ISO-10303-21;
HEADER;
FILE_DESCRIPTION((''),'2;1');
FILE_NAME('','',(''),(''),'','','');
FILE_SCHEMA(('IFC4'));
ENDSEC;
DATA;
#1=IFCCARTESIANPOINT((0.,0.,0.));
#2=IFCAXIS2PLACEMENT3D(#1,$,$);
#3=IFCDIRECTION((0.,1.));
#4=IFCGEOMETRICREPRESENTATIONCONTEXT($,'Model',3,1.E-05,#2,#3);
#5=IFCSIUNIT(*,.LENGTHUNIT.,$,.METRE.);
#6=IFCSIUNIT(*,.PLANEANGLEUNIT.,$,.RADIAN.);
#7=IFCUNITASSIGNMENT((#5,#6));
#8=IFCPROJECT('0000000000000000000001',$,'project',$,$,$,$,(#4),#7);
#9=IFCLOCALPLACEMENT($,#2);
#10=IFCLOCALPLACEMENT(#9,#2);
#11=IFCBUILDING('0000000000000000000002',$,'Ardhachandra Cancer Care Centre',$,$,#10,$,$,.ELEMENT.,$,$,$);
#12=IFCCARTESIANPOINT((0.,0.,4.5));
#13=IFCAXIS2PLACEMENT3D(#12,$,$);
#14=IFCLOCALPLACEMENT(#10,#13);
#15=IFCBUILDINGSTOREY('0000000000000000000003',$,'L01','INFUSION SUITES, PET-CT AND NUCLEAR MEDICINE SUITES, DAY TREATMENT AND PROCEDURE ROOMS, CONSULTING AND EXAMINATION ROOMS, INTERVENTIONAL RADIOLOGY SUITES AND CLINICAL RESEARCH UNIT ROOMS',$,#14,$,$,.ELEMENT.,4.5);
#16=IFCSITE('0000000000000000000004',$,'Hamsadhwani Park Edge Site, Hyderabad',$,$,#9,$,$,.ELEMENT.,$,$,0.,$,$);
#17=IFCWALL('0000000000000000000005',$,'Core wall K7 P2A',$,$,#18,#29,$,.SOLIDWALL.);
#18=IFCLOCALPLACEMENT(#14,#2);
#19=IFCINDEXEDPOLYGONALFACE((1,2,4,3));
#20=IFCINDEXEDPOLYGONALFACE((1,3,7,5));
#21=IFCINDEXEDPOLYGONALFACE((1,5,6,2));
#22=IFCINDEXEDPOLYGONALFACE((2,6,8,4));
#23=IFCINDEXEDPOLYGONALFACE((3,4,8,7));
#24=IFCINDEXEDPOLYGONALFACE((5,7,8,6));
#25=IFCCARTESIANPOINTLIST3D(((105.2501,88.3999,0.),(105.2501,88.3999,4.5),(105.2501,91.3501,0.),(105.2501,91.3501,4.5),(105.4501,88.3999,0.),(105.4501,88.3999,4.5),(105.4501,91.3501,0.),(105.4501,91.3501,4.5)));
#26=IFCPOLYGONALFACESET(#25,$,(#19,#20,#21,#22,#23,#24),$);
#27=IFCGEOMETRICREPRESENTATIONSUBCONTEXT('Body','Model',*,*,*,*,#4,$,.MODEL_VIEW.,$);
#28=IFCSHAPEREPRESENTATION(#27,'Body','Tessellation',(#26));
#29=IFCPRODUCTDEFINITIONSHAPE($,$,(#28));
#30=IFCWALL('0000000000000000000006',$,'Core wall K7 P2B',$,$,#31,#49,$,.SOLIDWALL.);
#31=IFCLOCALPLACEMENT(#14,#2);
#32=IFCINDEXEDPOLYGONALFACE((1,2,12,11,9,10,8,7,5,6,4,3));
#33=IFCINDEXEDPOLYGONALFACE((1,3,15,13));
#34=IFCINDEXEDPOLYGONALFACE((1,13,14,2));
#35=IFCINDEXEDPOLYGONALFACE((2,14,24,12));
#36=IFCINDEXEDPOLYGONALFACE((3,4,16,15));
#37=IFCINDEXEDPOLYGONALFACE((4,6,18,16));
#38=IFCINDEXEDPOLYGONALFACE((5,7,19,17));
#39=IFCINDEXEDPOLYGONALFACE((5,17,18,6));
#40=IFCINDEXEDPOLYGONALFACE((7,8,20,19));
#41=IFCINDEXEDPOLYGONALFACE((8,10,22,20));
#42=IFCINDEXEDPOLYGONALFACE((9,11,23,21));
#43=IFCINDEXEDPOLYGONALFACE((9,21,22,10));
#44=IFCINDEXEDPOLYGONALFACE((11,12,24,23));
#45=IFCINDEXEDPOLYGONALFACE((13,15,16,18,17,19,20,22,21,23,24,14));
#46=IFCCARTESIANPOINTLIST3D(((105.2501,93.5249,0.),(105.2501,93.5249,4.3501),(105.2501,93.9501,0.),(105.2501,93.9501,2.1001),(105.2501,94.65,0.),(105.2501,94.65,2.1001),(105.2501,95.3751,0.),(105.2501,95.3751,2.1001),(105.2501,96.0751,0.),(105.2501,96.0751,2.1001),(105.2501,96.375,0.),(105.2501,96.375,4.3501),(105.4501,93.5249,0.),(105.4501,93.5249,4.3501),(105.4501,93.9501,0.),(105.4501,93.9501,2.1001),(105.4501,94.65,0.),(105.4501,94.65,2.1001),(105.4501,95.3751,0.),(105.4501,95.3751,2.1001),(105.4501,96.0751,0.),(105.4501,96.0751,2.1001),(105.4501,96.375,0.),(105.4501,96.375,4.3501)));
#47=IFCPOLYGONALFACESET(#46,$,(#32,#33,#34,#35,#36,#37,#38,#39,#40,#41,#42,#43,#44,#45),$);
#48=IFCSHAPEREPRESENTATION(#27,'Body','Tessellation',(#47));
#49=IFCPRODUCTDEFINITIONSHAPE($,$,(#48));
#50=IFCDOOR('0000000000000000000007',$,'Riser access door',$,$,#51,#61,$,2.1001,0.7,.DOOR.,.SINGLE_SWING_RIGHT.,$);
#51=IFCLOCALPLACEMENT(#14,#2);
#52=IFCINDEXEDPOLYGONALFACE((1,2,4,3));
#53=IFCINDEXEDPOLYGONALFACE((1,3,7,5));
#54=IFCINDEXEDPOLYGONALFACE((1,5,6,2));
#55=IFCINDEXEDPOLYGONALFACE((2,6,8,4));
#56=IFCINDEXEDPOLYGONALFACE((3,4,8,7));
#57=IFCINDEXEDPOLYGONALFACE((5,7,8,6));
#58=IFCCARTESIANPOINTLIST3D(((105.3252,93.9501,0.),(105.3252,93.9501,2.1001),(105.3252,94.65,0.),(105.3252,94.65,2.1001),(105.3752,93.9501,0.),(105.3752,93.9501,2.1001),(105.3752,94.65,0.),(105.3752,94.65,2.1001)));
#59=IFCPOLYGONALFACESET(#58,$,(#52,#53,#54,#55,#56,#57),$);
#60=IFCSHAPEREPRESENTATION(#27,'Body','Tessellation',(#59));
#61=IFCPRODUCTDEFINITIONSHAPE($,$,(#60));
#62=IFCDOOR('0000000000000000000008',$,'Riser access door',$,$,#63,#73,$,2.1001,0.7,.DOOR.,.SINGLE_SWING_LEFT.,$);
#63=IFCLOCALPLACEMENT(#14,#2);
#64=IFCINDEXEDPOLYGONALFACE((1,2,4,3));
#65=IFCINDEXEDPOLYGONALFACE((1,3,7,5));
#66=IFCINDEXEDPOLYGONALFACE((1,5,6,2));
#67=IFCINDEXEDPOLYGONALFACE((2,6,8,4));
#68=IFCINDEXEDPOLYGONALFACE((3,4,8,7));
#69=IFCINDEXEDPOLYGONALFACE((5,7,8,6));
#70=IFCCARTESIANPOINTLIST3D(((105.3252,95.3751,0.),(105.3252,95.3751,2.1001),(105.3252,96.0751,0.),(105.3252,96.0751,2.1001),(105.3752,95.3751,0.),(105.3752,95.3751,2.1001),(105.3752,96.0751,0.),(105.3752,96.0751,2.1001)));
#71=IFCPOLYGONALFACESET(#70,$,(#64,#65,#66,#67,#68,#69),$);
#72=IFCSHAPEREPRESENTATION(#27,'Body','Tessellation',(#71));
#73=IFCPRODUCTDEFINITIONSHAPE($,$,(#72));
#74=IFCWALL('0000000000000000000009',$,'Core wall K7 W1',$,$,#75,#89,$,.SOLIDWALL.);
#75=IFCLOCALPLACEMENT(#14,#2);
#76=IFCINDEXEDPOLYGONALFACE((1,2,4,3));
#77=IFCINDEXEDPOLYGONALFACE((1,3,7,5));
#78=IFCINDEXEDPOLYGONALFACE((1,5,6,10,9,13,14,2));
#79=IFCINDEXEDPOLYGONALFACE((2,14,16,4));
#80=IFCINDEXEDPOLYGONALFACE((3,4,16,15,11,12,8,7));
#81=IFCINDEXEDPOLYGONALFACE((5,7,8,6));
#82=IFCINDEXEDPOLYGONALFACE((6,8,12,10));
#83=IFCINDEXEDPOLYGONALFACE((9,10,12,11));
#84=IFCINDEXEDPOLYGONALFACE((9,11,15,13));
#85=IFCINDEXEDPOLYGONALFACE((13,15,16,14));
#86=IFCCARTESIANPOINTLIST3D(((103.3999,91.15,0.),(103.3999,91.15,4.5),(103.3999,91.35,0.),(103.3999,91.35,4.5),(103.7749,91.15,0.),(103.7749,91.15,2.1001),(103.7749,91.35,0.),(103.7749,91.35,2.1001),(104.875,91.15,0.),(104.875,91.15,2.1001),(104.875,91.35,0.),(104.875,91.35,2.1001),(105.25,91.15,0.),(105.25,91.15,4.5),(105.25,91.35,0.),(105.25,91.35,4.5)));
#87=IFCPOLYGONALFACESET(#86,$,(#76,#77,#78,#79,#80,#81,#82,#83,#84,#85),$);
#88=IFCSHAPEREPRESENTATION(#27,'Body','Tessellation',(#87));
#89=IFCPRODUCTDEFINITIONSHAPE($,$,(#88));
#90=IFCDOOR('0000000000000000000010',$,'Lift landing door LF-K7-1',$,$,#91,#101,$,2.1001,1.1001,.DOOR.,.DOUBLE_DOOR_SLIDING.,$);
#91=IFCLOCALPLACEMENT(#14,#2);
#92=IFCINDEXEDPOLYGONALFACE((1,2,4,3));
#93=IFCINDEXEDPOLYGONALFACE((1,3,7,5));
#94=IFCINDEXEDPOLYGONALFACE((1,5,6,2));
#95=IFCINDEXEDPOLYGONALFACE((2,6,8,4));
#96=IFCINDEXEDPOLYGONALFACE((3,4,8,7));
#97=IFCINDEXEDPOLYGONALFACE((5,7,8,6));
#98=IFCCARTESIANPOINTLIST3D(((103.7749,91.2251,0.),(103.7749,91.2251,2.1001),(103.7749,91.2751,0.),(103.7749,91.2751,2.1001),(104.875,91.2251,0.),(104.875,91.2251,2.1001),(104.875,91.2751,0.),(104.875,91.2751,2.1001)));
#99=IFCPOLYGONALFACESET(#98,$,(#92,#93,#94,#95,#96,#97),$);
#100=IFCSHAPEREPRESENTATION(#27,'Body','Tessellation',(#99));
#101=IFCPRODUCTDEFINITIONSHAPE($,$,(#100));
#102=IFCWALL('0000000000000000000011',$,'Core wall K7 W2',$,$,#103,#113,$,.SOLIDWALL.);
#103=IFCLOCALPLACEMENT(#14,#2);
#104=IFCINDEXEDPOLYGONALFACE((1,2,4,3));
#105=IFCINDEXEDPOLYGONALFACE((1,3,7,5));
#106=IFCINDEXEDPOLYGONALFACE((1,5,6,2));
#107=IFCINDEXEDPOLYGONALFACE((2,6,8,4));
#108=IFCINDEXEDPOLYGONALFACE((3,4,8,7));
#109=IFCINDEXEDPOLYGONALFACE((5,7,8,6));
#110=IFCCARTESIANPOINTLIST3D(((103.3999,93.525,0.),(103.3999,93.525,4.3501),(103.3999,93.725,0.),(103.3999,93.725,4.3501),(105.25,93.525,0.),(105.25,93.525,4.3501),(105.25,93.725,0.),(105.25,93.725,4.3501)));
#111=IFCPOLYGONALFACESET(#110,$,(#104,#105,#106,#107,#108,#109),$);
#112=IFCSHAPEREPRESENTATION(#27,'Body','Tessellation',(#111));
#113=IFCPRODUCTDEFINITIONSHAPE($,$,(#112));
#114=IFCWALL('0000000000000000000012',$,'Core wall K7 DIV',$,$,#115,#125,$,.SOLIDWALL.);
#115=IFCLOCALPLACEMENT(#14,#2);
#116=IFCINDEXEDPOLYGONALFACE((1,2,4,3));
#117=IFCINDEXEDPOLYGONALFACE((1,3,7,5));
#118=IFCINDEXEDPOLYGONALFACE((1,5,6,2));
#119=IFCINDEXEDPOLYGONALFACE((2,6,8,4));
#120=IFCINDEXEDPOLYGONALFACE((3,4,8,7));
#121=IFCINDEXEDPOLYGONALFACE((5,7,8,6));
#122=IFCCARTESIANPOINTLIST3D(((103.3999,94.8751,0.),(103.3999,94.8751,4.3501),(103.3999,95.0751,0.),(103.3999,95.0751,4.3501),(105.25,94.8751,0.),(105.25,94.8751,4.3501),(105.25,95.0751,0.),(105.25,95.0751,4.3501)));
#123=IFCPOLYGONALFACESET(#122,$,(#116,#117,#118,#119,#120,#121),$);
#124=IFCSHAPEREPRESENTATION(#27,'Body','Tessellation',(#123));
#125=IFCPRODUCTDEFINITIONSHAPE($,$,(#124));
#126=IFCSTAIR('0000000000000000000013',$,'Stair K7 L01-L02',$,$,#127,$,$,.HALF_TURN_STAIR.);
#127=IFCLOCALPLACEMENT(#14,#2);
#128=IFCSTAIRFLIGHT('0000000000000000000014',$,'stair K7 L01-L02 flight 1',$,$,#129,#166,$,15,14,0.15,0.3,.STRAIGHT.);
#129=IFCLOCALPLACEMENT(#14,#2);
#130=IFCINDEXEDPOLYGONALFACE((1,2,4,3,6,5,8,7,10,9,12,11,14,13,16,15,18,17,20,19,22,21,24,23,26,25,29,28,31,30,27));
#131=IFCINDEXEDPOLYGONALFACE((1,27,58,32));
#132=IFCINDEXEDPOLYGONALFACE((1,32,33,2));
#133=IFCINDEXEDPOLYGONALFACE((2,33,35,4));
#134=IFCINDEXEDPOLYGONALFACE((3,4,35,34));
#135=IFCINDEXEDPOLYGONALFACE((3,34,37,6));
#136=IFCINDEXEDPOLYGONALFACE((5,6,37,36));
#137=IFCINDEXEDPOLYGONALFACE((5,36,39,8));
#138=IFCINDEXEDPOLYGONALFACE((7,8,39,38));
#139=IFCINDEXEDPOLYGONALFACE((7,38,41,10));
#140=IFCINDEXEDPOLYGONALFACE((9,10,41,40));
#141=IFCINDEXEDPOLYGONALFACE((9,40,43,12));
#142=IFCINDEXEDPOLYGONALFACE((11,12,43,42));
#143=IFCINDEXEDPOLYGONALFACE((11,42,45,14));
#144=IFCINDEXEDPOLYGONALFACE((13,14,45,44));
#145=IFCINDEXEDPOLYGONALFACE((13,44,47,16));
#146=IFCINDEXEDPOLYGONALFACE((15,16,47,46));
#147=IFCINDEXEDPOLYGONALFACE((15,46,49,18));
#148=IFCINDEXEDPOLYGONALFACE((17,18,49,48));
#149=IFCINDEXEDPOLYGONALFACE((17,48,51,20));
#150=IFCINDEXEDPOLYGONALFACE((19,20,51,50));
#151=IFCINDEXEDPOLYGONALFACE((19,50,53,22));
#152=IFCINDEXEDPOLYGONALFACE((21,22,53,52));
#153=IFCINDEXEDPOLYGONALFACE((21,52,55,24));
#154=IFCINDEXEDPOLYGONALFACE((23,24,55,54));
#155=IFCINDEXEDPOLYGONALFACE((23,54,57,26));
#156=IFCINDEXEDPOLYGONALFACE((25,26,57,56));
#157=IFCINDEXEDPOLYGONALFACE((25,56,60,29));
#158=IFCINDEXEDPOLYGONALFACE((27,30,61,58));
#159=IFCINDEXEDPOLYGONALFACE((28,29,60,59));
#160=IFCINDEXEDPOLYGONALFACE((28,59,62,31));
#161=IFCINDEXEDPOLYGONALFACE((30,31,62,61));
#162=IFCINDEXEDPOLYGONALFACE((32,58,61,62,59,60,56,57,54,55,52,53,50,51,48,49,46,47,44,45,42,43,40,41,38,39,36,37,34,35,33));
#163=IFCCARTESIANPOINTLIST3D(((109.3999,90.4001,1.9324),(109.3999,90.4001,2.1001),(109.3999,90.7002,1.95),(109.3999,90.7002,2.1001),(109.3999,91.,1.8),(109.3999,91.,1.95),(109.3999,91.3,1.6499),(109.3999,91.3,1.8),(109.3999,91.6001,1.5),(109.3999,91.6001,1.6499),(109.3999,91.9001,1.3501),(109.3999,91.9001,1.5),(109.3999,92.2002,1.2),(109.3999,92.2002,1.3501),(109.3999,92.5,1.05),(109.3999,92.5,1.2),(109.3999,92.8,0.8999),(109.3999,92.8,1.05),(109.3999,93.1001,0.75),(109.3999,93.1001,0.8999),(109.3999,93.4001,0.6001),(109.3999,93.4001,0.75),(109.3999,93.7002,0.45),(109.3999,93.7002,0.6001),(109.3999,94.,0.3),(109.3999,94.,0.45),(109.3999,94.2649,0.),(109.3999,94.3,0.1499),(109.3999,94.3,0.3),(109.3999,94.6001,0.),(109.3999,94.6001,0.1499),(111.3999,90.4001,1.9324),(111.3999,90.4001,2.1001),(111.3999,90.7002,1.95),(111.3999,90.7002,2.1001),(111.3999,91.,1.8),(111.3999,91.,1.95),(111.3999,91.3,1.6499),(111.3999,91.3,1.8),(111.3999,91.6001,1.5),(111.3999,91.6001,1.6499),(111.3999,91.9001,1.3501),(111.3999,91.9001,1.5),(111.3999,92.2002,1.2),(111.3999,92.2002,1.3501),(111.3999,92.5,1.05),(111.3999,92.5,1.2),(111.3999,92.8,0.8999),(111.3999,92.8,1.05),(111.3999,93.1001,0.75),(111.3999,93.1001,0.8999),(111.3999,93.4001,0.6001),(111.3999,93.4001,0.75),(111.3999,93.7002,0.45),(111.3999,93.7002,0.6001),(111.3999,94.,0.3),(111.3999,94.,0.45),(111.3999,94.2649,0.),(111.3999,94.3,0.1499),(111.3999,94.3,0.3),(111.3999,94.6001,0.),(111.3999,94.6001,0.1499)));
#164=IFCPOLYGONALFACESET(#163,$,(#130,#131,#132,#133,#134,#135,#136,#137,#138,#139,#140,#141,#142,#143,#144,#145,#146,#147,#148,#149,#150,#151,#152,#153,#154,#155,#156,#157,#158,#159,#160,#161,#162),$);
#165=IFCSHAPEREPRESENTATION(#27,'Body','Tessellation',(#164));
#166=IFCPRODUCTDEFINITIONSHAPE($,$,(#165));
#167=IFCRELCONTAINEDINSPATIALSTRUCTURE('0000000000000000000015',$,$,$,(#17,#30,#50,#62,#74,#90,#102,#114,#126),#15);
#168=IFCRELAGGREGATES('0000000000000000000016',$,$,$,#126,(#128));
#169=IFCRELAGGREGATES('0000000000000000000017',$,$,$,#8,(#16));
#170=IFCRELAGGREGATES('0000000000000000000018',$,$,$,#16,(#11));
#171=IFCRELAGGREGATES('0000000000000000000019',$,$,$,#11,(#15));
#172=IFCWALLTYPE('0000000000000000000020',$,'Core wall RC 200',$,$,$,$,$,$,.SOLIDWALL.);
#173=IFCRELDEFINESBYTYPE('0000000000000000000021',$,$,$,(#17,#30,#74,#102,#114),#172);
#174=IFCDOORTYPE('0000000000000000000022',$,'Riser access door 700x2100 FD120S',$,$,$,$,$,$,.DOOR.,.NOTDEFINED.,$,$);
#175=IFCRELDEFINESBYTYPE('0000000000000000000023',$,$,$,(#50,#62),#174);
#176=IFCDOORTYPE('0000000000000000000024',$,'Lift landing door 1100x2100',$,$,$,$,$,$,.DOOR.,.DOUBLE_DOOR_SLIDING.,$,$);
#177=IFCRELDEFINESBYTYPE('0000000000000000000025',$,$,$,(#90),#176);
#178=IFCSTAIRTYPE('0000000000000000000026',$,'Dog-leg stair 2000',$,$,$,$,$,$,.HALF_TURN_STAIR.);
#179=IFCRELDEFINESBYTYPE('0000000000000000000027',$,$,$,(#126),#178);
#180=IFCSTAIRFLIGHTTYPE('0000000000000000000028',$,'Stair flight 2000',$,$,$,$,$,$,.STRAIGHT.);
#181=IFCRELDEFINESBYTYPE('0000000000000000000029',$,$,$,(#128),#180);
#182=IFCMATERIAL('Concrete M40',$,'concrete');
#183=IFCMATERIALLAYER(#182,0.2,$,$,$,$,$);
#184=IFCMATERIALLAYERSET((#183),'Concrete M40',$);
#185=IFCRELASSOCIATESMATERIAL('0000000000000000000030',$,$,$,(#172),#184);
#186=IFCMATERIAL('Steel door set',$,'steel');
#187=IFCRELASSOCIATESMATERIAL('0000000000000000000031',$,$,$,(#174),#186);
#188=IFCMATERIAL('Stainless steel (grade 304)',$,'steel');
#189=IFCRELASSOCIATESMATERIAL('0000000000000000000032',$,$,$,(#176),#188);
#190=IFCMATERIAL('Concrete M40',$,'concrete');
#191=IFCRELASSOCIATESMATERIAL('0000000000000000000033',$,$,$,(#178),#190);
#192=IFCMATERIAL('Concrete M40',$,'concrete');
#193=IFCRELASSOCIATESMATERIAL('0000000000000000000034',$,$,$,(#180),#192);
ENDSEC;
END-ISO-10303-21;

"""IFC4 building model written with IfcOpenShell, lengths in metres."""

from ifc_helpers import new_model, si_unit, direction, frame, frame_2d, origin, place, context, subcontext, project, spatial, polyline, rectangle, outline, extrude, material, layer, layer_set, type_object, element, fill, aggregate, save


model = new_model("IFC4")

# Units and contexts
model_context = context("Model", 3, precision=1e-05, world=origin(), true_north=direction((0.0, 1.0)))
body_context = subcontext(model_context, "Body", "Model", "MODEL_VIEW")
ifc_project = project(units=[si_unit("LENGTHUNIT", "METRE"), si_unit("PLANEANGLEUNIT", "RADIAN")], contexts=[model_context])

# Site, building, storey
site_placement = place(None, origin())
site = spatial("IfcSite", under=ifc_project, at=site_placement, Name="Hamsadhwani Park Edge Site, Hyderabad", CompositionType="ELEMENT", RefElevation=0.0)
building_placement = place(site_placement, origin())
building = spatial("IfcBuilding", under=site, at=building_placement, Name="Ardhachandra Cancer Care Centre", CompositionType="ELEMENT")
storey_placement = place(building_placement, frame((0.0, 0.0, 4.5)))
storey = spatial("IfcBuildingStorey", under=building, at=storey_placement, Name="L01", Description="INFUSION SUITES, PET-CT AND NUCLEAR MEDICINE SUITES, DAY TREATMENT AND PROCEDURE ROOMS, CONSULTING AND EXAMINATION ROOMS, INTERVENTIONAL RADIOLOGY SUITES AND CLINICAL RESEARCH UNIT ROOMS", CompositionType="ELEMENT", Elevation=4.5)

# Shared definitions
ifc_material_1 = material(Name="Concrete M40", Category="concrete")
ifc_layer_1 = layer(ifc_material_1, 0.2)
ifc_layer_set_1 = layer_set([ifc_layer_1], Name="Concrete M40")
wall_type_1 = type_object("IfcWallType", Name="Core wall RC 200", PredefinedType="SOLIDWALL", material=ifc_layer_set_1)

# Wall
wall_1_placement = place(storey_placement, frame((105.3501, 88.3999, 0.0), z_axis=(0.0, 0.0, 1.0), x_axis=(0.0, 1.0, 0.0)))
element("IfcWall", 1, at=wall_1_placement, inside=storey, type_object=wall_type_1, Name="Core wall K7 P2A", PredefinedType="SOLIDWALL", context=body_context, shape_type="SweptSolid", body=[
    extrude(rectangle(XDim=2.9502, YDim=0.2, at=frame_2d((1.4751, 0.0))), origin(), (0.0, 0.0, 1.0), 4.5),
])

# Wall, openings, doors
wall_2_placement = place(storey_placement, frame((105.3501, 93.5249, 0.0), z_axis=(0.0, 0.0, 1.0), x_axis=(0.0, 1.0, 0.0)))
wall_2 = element("IfcWall", 2, at=wall_2_placement, inside=storey, type_object=wall_type_1, Name="Core wall K7 P2B", PredefinedType="SOLIDWALL", context=body_context, shape_type="SweptSolid", body=[
    extrude(rectangle(XDim=2.8501, YDim=0.2, at=frame_2d((1.425, 0.0))), origin(), (0.0, 0.0, 1.0), 4.3501),
])
opening_1_placement = place(wall_2_placement, frame((0.425, 0.0, 0.0)))
opening_1 = element("IfcOpeningElement", 3, at=opening_1_placement, cuts=wall_2, PredefinedType="OPENING", context=body_context, shape_type="SweptSolid", body=[
    extrude(rectangle(XDim=0.7, YDim=2.1001, at=frame_2d((0.3501, 1.05))), frame((0.0, 0.1099, 0.0), z_axis=(0.0, -1.0, 0.0), x_axis=(1.0, 0.0, 0.0)), (0.0, 0.0, 1.0), 0.22),
])
opening_2_placement = place(wall_2_placement, frame((1.8501, 0.0, 0.0)))
opening_2 = element("IfcOpeningElement", 4, at=opening_2_placement, cuts=wall_2, PredefinedType="OPENING", context=body_context, shape_type="SweptSolid", body=[
    extrude(rectangle(XDim=0.7, YDim=2.1001, at=frame_2d((0.3501, 1.05))), frame((0.0, 0.1099, 0.0), z_axis=(0.0, -1.0, 0.0), x_axis=(1.0, 0.0, 0.0)), (0.0, 0.0, 1.0), 0.22),
])
ifc_material_2 = material(Name="Steel door set", Category="steel")
door_type_1 = type_object("IfcDoorType", Name="Riser access door 700x2100 FD120S", OperationType="NOTDEFINED", PredefinedType="DOOR", material=ifc_material_2)
door_1_placement = place(opening_1_placement, origin())
door_1 = element("IfcDoor", 5, at=door_1_placement, inside=storey, type_object=door_type_1, Name="Riser access door", OperationType="SINGLE_SWING_RIGHT", OverallHeight=2.1001, OverallWidth=0.7, PredefinedType="DOOR", context=body_context, shape_type="SweptSolid", body=[
    extrude(rectangle(XDim=0.7, YDim=2.1001, at=frame_2d((0.3501, 1.05))), frame((0.0, 0.0249, 0.0), z_axis=(0.0, -1.0, 0.0), x_axis=(1.0, 0.0, 0.0)), (0.0, 0.0, 1.0), 0.05),
])
fill(opening_1, door_1)
door_2_placement = place(opening_2_placement, origin())
door_2 = element("IfcDoor", 6, at=door_2_placement, inside=storey, type_object=door_type_1, Name="Riser access door", OperationType="SINGLE_SWING_LEFT", OverallHeight=2.1001, OverallWidth=0.7, PredefinedType="DOOR", context=body_context, shape_type="SweptSolid", body=[
    extrude(rectangle(XDim=0.7, YDim=2.1001, at=frame_2d((0.3501, 1.05))), frame((0.0, 0.0249, 0.0), z_axis=(0.0, -1.0, 0.0), x_axis=(1.0, 0.0, 0.0)), (0.0, 0.0, 1.0), 0.05),
])
fill(opening_2, door_2)

# Wall, opening, door
wall_3_placement = place(storey_placement, frame((105.25, 91.25, 0.0), z_axis=(0.0, 0.0, 1.0), x_axis=(-1.0, 0.0, 0.0)))
wall_3 = element("IfcWall", 7, at=wall_3_placement, inside=storey, type_object=wall_type_1, Name="Core wall K7 W1", PredefinedType="SOLIDWALL", context=body_context, shape_type="SweptSolid", body=[
    extrude(rectangle(XDim=1.8501, YDim=0.2, at=frame_2d((0.925, 0.0))), origin(), (0.0, 0.0, 1.0), 4.5),
])
opening_3_placement = place(wall_3_placement, frame((0.375, 0.0, 0.0)))
opening_3 = element("IfcOpeningElement", 8, at=opening_3_placement, cuts=wall_3, PredefinedType="OPENING", context=body_context, shape_type="SweptSolid", body=[
    extrude(rectangle(XDim=1.1001, YDim=2.1001, at=frame_2d((0.55, 1.05))), frame((0.0, 0.1099, 0.0), z_axis=(0.0, -1.0, 0.0), x_axis=(1.0, 0.0, 0.0)), (0.0, 0.0, 1.0), 0.22),
])
ifc_material_3 = material(Name="Stainless steel (grade 304)", Category="steel")
door_type_2 = type_object("IfcDoorType", Name="Lift landing door 1100x2100", OperationType="DOUBLE_DOOR_SLIDING", PredefinedType="DOOR", material=ifc_material_3)
door_3_placement = place(opening_3_placement, origin())
door_3 = element("IfcDoor", 9, at=door_3_placement, inside=storey, type_object=door_type_2, Name="Lift landing door LF-K7-1", OperationType="DOUBLE_DOOR_SLIDING", OverallHeight=2.1001, OverallWidth=1.1001, PredefinedType="DOOR", context=body_context, shape_type="SweptSolid", body=[
    extrude(rectangle(XDim=1.1001, YDim=2.1001, at=frame_2d((0.55, 1.05))), frame((0.0, 0.0249, 0.0), z_axis=(0.0, -1.0, 0.0), x_axis=(1.0, 0.0, 0.0)), (0.0, 0.0, 1.0), 0.05),
])
fill(opening_3, door_3)

# Walls
for number, where, z_axis, x_axis, name in (
    (10, (105.25, 93.625, 0.0), (0.0, 0.0, 1.0), (-1.0, 0.0, 0.0), "Core wall K7 W2"),
    (11, (105.25, 94.9751, 0.0), (0.0, 0.0, 1.0), (-1.0, 0.0, 0.0), "Core wall K7 DIV"),
):
    element("IfcWall", number, at=place(storey_placement, frame(where, z_axis=z_axis, x_axis=x_axis)), inside=storey, type_object=wall_type_1, Name=name, PredefinedType="SOLIDWALL", context=body_context, shape_type="SweptSolid", body=[
        extrude(rectangle(XDim=1.8501, YDim=0.2, at=frame_2d((0.925, 0.0))), origin(), (0.0, 0.0, 1.0), 4.3501),
    ])

# Stair, stair flight
ifc_material_4 = material(Name="Concrete M40", Category="concrete")
stair_type = type_object("IfcStairType", Name="Dog-leg stair 2000", PredefinedType="HALF_TURN_STAIR", material=ifc_material_4)
stair_placement = place(storey_placement, origin())
stair = element("IfcStair", 12, at=stair_placement, inside=storey, type_object=stair_type, Name="Stair K7 L01-L02", PredefinedType="HALF_TURN_STAIR")
ifc_material_5 = material(Name="Concrete M40", Category="concrete")
stair_flight_type = type_object("IfcStairFlightType", Name="Stair flight 2000", PredefinedType="STRAIGHT", material=ifc_material_5)
stair_flight_1_placement = place(storey_placement, frame((110.3999, 94.6001, 0.0), z_axis=(0.0, 0.0, 1.0), x_axis=(0.0, -1.0, 0.0)))
stair_flight_1 = element("IfcStairFlight", 13, at=stair_flight_1_placement, type_object=stair_flight_type, Name="stair K7 L01-L02 flight 1", NumberOfRisers=15, NumberOfTreads=14, PredefinedType="STRAIGHT", RiserHeight=0.15, TreadLength=0.3, context=body_context, shape_type="SweptSolid", body=[
    extrude(outline(polyline([(0.0, 0.0), (0.0, 0.1499), (0.3, 0.1499), (0.3, 0.3), (0.6001, 0.3), (0.6001, 0.45), (0.8999, 0.45), (0.8999, 0.6001), (1.2, 0.6001), (1.2, 0.75), (1.5, 0.75), (1.5, 0.8999), (1.8, 0.8999), (1.8, 1.05), (2.1001, 1.05), (2.1001, 1.2), (2.3999, 1.2), (2.3999, 1.3501), (2.7, 1.3501), (2.7, 1.5), (3.0, 1.5), (3.0, 1.6499), (3.3, 1.6499), (3.3, 1.8), (3.6001, 1.8), (3.6001, 1.95), (3.8999, 1.95), (3.8999, 2.1001), (4.2, 2.1001), (4.2, 2.25), (4.2, 1.9324), (0.3352, 0.0), (0.0, 0.0)])), frame((0.0, 1.0, 0.0), z_axis=(0.0, -1.0, 0.0), x_axis=(1.0, 0.0, 0.0)), (0.0, 0.0, 1.0), 2.0),
])
aggregate(stair, [stair_flight_1])

save(model, "model.ifc")
